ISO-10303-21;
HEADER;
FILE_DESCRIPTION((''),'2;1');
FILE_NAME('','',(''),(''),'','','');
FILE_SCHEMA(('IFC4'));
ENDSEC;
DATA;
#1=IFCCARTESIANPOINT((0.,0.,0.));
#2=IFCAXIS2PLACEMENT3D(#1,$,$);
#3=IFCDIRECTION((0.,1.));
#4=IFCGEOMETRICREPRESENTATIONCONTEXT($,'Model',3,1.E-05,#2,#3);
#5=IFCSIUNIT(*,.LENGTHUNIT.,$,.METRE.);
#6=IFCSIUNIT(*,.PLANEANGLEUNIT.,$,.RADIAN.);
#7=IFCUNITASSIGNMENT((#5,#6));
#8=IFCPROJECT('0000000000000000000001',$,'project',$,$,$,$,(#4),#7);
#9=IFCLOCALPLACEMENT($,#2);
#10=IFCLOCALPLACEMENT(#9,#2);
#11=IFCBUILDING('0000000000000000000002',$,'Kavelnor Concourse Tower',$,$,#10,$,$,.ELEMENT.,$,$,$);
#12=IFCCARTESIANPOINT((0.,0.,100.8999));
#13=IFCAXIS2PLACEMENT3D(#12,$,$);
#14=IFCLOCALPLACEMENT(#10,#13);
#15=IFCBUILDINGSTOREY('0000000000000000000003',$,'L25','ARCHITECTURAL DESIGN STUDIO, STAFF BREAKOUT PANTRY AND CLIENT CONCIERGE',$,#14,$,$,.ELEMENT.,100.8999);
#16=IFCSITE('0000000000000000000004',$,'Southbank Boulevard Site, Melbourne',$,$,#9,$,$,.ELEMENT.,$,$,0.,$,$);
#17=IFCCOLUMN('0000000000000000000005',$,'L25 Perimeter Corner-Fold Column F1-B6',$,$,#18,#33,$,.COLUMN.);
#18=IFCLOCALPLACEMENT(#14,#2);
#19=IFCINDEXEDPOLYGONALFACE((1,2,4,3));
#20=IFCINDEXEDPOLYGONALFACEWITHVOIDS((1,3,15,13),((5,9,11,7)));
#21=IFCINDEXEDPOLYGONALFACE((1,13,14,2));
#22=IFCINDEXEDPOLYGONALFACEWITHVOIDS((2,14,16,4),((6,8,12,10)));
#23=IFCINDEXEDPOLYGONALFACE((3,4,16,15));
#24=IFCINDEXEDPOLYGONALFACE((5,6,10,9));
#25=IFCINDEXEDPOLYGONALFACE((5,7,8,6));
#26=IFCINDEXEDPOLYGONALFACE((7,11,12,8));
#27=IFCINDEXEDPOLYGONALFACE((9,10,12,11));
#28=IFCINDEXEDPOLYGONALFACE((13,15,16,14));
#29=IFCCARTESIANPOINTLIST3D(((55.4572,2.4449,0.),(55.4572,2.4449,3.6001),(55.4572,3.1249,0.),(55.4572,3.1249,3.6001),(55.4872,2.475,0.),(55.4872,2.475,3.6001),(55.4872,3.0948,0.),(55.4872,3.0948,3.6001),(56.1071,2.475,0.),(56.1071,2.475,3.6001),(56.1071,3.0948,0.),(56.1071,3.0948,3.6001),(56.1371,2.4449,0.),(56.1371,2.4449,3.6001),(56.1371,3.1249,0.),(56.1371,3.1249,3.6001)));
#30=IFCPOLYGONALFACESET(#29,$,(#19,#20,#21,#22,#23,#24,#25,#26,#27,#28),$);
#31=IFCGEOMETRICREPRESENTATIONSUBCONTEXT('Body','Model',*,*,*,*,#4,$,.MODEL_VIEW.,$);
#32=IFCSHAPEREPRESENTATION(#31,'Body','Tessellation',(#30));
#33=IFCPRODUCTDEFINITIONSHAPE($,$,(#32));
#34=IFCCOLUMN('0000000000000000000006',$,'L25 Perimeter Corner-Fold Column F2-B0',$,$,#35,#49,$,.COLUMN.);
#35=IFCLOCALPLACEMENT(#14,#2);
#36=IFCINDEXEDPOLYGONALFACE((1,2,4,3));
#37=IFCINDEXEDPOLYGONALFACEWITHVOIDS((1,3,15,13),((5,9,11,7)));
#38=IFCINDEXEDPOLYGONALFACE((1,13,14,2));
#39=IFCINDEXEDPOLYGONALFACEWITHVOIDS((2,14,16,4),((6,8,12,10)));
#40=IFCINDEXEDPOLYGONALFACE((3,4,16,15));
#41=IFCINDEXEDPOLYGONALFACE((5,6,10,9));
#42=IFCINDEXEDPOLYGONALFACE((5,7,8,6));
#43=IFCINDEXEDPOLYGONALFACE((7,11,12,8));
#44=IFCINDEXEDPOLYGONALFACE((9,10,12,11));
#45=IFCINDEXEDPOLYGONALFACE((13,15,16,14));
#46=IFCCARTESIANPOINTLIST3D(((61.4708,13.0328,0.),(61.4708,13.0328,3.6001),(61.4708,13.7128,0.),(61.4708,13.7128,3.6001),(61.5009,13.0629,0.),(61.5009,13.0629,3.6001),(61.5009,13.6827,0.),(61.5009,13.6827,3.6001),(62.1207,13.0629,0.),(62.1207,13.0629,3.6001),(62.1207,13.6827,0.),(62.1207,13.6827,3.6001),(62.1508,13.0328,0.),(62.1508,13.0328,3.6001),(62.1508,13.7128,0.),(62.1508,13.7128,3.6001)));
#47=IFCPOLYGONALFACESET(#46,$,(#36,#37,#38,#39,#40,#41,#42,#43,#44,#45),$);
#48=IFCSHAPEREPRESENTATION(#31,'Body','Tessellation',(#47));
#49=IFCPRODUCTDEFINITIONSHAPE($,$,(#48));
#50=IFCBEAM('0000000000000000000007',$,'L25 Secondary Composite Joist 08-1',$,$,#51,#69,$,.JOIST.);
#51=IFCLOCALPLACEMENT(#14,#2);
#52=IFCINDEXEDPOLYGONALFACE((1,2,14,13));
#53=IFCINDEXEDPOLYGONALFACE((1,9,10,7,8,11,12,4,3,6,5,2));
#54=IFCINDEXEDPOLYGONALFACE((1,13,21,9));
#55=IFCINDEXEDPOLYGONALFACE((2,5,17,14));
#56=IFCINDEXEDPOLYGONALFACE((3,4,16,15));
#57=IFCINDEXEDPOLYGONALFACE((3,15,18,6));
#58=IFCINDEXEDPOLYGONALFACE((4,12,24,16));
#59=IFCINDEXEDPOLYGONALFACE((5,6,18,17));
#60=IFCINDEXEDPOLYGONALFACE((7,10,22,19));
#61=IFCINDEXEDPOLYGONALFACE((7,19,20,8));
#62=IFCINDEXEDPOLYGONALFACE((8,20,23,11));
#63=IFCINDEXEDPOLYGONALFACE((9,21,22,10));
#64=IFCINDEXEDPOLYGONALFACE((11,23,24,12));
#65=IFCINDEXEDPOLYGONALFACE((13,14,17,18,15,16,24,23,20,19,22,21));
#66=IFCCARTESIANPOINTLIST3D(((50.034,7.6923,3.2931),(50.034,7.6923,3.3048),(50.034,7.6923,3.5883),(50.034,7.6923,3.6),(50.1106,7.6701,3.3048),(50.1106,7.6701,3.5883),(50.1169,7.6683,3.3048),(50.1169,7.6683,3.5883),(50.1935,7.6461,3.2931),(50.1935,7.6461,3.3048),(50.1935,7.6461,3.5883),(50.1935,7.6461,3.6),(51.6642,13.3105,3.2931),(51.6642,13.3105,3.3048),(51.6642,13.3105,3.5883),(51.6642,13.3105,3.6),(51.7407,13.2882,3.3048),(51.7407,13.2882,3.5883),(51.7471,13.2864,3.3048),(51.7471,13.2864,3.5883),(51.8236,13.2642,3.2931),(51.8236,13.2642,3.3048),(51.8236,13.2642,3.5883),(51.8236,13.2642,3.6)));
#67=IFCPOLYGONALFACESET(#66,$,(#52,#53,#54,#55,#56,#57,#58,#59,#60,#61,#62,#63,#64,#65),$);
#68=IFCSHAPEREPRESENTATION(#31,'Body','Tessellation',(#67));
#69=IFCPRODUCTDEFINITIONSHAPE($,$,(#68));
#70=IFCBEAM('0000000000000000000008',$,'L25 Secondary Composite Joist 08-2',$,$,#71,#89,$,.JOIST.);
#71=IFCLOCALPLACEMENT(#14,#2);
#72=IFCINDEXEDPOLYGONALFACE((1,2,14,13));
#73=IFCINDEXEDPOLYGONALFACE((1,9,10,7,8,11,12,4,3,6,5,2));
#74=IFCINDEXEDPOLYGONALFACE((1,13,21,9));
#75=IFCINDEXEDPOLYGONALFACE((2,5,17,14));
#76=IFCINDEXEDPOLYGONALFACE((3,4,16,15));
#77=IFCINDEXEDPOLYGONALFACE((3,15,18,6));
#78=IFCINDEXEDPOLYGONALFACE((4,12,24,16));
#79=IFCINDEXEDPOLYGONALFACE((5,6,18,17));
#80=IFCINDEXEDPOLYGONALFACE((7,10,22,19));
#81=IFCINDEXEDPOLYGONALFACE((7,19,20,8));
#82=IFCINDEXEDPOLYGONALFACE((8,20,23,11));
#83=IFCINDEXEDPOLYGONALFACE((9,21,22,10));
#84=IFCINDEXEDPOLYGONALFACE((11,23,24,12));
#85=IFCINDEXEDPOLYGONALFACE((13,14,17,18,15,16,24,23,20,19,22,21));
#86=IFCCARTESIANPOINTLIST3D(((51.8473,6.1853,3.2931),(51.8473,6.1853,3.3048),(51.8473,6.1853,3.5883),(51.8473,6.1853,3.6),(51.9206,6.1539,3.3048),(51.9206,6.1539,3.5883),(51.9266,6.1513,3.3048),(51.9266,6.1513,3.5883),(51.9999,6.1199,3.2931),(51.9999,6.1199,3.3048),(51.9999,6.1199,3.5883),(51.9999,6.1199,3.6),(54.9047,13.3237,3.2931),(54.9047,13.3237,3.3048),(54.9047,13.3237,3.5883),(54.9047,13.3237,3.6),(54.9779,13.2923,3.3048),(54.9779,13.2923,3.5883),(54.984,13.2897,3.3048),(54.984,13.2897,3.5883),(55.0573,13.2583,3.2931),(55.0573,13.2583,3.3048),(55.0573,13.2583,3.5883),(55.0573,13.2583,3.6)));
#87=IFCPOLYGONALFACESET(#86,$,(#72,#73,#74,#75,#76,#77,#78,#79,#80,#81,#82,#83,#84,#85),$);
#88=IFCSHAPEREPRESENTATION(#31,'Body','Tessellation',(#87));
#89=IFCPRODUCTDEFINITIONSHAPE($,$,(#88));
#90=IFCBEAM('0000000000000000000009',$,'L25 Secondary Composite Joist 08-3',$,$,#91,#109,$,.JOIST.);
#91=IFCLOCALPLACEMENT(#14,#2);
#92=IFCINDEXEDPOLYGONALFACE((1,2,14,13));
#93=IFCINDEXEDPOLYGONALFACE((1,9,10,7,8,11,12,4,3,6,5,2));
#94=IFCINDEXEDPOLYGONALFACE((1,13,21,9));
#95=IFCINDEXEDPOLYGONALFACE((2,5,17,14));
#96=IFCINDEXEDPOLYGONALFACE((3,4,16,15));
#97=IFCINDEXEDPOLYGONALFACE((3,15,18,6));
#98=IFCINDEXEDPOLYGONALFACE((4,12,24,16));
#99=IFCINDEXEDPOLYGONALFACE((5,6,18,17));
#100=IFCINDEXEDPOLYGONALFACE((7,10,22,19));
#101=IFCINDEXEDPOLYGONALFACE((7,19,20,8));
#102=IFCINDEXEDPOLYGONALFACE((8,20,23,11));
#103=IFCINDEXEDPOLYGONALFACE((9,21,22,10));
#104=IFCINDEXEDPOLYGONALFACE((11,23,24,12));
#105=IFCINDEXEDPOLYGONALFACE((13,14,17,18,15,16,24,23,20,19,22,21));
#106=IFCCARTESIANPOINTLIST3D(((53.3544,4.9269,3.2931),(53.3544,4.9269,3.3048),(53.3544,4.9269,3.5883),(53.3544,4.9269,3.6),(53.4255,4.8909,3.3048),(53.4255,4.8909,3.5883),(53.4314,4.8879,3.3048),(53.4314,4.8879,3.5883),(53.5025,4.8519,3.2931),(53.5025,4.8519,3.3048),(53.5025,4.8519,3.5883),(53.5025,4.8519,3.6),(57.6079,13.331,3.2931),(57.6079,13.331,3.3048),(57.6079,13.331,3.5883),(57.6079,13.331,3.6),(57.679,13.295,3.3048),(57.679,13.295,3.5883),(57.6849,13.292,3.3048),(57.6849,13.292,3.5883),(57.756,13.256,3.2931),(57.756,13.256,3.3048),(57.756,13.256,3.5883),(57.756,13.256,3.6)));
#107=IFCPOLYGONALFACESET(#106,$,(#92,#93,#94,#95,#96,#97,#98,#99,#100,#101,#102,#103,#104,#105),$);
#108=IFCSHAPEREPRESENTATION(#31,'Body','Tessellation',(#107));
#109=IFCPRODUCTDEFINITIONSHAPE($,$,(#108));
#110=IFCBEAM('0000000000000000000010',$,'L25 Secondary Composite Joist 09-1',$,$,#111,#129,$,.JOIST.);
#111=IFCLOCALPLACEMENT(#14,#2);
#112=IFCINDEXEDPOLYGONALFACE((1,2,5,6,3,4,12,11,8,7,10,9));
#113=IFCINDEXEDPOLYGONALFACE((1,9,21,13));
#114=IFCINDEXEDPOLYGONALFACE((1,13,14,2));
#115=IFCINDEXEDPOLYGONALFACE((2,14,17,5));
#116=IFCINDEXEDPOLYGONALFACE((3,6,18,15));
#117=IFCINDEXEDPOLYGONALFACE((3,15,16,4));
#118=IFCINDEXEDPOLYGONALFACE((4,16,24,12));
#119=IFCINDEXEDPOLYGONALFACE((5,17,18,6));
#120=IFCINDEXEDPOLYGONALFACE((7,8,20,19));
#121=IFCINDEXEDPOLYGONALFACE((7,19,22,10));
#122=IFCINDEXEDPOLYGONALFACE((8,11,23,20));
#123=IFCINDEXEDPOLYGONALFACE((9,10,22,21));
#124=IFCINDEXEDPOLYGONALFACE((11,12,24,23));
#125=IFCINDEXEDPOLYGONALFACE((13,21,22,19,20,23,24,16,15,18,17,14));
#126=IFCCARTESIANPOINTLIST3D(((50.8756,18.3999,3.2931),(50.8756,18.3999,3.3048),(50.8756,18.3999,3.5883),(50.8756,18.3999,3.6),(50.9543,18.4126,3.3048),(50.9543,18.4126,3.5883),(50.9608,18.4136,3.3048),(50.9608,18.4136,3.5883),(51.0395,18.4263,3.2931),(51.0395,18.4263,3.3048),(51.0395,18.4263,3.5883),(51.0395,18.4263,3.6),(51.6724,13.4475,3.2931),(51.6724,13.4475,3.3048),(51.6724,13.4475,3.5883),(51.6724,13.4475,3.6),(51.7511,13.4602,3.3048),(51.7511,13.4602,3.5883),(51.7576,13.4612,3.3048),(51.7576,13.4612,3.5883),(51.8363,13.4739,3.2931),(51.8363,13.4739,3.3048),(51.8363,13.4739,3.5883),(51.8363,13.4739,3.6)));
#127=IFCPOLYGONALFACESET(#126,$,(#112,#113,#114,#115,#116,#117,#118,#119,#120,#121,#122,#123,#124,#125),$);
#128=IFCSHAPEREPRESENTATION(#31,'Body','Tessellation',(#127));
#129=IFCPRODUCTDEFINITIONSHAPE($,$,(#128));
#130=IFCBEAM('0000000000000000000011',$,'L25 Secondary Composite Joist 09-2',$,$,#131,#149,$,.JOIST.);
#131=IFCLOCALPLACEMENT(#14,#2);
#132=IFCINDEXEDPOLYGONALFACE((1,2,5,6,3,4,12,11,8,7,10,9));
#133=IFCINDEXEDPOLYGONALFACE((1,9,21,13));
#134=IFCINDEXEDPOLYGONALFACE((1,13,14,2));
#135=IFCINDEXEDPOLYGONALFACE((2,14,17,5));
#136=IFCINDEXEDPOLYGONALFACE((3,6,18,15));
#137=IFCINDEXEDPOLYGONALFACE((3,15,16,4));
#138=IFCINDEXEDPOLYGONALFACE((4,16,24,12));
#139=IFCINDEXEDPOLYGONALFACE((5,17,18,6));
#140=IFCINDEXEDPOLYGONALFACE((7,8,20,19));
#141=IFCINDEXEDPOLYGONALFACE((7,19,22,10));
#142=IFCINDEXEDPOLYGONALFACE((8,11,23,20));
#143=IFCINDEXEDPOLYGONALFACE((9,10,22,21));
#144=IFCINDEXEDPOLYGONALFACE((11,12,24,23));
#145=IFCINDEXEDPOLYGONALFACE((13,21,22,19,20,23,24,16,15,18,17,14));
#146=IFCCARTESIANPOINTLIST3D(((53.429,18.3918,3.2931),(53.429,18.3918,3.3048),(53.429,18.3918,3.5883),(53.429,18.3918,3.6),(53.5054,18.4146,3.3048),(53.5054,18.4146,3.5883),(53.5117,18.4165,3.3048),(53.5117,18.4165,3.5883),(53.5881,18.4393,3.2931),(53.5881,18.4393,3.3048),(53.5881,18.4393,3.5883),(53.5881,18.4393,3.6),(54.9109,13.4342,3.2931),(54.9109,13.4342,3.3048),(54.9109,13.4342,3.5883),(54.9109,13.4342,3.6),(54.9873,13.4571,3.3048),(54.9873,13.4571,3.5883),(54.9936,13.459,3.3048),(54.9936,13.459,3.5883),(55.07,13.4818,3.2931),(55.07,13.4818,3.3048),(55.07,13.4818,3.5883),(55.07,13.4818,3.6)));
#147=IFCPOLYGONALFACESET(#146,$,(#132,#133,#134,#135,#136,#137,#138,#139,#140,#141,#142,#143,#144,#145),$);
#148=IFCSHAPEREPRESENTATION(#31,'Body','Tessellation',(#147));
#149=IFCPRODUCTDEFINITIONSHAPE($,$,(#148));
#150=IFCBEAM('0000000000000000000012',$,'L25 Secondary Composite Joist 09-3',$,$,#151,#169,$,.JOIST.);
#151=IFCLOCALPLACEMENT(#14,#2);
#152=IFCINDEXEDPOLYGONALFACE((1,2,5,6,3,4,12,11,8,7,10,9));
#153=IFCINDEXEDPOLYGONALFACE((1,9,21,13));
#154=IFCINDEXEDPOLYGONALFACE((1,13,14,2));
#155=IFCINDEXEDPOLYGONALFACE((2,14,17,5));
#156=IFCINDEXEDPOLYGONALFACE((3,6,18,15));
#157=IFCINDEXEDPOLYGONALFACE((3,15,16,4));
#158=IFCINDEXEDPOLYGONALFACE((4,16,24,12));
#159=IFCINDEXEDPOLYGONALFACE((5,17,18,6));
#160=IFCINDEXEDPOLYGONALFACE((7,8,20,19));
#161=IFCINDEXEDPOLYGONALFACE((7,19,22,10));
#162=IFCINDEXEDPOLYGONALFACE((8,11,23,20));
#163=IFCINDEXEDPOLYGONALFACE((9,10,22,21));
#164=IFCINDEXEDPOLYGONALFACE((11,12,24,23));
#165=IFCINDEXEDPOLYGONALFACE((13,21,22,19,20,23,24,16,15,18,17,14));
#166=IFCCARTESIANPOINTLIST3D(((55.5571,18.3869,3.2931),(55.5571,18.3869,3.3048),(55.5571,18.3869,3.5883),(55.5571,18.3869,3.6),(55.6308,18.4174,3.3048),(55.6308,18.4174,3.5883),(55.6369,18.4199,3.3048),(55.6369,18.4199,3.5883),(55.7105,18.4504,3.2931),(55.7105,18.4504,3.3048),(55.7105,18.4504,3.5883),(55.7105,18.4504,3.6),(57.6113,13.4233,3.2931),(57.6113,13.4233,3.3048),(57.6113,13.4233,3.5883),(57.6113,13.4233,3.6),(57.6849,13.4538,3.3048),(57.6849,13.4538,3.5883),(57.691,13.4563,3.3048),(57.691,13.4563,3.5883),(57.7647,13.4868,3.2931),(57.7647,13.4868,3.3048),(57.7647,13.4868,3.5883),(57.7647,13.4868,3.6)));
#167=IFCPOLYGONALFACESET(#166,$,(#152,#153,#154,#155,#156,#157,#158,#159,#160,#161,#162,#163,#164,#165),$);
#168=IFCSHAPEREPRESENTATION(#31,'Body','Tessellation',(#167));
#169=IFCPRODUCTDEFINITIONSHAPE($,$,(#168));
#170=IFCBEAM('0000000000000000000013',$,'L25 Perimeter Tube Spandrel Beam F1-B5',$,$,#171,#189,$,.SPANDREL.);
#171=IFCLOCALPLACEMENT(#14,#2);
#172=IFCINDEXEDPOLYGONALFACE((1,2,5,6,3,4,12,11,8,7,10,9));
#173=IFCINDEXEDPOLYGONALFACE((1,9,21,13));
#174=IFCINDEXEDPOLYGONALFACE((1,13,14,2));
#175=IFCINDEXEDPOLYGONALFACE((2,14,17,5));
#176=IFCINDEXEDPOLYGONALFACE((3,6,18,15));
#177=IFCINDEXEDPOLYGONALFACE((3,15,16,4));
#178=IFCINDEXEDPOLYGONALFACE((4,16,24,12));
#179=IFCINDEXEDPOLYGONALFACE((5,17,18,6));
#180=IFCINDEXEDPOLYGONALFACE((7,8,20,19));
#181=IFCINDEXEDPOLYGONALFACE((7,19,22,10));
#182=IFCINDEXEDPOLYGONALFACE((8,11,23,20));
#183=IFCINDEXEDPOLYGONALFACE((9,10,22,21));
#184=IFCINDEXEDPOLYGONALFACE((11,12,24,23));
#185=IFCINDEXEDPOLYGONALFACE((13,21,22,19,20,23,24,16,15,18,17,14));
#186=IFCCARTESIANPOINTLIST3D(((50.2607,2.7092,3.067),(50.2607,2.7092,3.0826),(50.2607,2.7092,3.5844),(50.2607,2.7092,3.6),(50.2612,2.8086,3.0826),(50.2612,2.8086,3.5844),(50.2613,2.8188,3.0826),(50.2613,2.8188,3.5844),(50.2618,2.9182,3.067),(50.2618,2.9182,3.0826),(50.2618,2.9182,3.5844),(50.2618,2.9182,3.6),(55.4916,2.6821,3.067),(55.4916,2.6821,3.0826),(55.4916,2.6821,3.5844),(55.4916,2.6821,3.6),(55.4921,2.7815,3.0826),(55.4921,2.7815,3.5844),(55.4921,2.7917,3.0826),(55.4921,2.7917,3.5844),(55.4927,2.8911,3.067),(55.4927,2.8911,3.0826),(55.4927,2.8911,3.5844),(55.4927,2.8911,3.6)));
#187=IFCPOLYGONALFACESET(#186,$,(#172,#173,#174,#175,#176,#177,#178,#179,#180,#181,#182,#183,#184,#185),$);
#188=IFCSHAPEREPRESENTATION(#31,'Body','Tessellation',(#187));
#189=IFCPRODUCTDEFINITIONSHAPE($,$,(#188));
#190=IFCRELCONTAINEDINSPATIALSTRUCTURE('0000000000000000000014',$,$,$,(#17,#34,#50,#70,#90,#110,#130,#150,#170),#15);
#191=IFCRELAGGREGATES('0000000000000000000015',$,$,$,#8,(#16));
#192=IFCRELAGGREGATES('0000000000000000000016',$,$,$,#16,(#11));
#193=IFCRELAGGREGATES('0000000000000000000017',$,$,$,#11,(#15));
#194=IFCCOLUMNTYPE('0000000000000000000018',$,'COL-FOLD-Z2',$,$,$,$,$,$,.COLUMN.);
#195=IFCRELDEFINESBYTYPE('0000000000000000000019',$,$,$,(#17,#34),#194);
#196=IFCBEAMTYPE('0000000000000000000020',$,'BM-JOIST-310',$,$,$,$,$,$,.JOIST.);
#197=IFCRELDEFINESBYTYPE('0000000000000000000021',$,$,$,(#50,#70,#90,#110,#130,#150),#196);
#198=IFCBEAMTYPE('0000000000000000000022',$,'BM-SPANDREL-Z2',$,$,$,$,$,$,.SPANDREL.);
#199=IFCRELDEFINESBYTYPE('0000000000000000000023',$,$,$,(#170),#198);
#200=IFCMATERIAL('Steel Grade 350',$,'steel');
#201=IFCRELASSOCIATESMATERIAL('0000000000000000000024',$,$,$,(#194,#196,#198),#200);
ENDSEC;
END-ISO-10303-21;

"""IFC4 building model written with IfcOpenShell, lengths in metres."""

from ifc_helpers import new_model, si_unit, direction, frame, origin, origin_2d, place, context, subcontext, project, spatial, hollow_rectangle, i_section, extrude, material, material_profile, profile_set, type_object, element, save


model = new_model("IFC4")

# Units and contexts
model_context = context("Model", 3, precision=1e-05, world=origin(), true_north=direction((0.0, 1.0)))
body_context = subcontext(model_context, "Body", "Model", "MODEL_VIEW")
ifc_project = project(units=[si_unit("LENGTHUNIT", "METRE"), si_unit("PLANEANGLEUNIT", "RADIAN")], contexts=[model_context])

# Site, building, storey
site_placement = place(None, origin())
site = spatial("IfcSite", under=ifc_project, at=site_placement, Name="Southbank Boulevard Site, Melbourne", CompositionType="ELEMENT", RefElevation=0.0)
building_placement = place(site_placement, origin())
building = spatial("IfcBuilding", under=site, at=building_placement, Name="Kavelnor Concourse Tower", CompositionType="ELEMENT")
storey_placement = place(building_placement, frame((0.0, 0.0, 100.8999)))
storey = spatial("IfcBuildingStorey", under=building, at=storey_placement, Name="L25", Description="ARCHITECTURAL DESIGN STUDIO, STAFF BREAKOUT PANTRY AND CLIENT CONCIERGE", CompositionType="ELEMENT", Elevation=100.8999)

# Columns
ifc_material_1 = material(Name="Steel Grade 350", Category="steel")
ifc_material_profile_1 = material_profile(ifc_material_1, hollow_rectangle(XDim=0.6799, YDim=0.6799, WallThickness=0.03, at=origin_2d()), Name="SHS 680x680x30")
ifc_profile_set_1 = profile_set([ifc_material_profile_1], Name="Steel Grade 350")
column_type = type_object("IfcColumnType", Name="COL-FOLD-Z2", PredefinedType="COLUMN", material=ifc_profile_set_1)
for number, where, z_axis, x_axis, name in (
    (1, (55.7971, 2.7849, 0.0), (0.0, 0.0, 1.0), (1.0, 0.0, 0.0), "L25 Perimeter Corner-Fold Column F1-B6"),
    (2, (61.8108, 13.3728, 0.0), (0.0, 0.0, 1.0), (1.0, 0.0, 0.0), "L25 Perimeter Corner-Fold Column F2-B0"),
):
    element("IfcColumn", number, at=place(storey_placement, frame(where, z_axis=z_axis, x_axis=x_axis)), inside=storey, type_object=column_type, Name=name, PredefinedType="COLUMN", context=body_context, shape_type="SweptSolid", body=[
        extrude(hollow_rectangle(XDim=0.6799, YDim=0.6799, WallThickness=0.03, at=origin_2d()), origin(), (0.0, 0.0, 1.0), 3.6001),
    ])

# Beams
ifc_material_profile_2 = material_profile(ifc_material_1, i_section(OverallWidth=0.166, OverallDepth=0.3069, WebThickness=0.0066, FlangeThickness=0.0117, at=origin_2d()), Name="310UB46")
ifc_profile_set_2 = profile_set([ifc_material_profile_2], Name="Steel Grade 350")
beam_type_1 = type_object("IfcBeamType", Name="BM-JOIST-310", PredefinedType="JOIST", material=ifc_profile_set_2)
beam_1_placement = place(storey_placement, frame((50.1138, 7.6692, 3.4465), z_axis=(0.27866, 0.96039, 0.0), x_axis=(-0.96039, 0.27866, 0.0)))
element("IfcBeam", 3, at=beam_1_placement, inside=storey, type_object=beam_type_1, Name="L25 Secondary Composite Joist 08-1", PredefinedType="JOIST", context=body_context, shape_type="SweptSolid", body=[
    extrude(i_section(OverallWidth=0.166, OverallDepth=0.3069, WebThickness=0.0066, FlangeThickness=0.0117, at=origin_2d()), origin(), (0.0, 0.0, 1.0), 5.8499),
])
beam_2_placement = place(storey_placement, frame((51.9236, 6.1526, 3.4465), z_axis=(0.393707, 0.919236, 0.0), x_axis=(-0.919236, 0.393707, 0.0)))
element("IfcBeam", 4, at=beam_2_placement, inside=storey, type_object=beam_type_1, Name="L25 Secondary Composite Joist 08-2", PredefinedType="JOIST", context=body_context, shape_type="SweptSolid", body=[
    extrude(i_section(OverallWidth=0.166, OverallDepth=0.3069, WebThickness=0.0066, FlangeThickness=0.0117, at=origin_2d()), origin(), (0.0, 0.0, 1.0), 7.7656),
])
beam_3_placement = place(storey_placement, frame((53.4285, 4.8894, 3.4465), z_axis=(0.451573, 0.892234, 0.0), x_axis=(-0.892234, 0.451573, 0.0)))
element("IfcBeam", 5, at=beam_3_placement, inside=storey, type_object=beam_type_1, Name="L25 Secondary Composite Joist 08-3", PredefinedType="JOIST", context=body_context, shape_type="SweptSolid", body=[
    extrude(i_section(OverallWidth=0.166, OverallDepth=0.3069, WebThickness=0.0066, FlangeThickness=0.0117, at=origin_2d()), origin(), (0.0, 0.0, 1.0), 9.4192),
])
beam_4_placement = place(storey_placement, frame((51.7544, 13.4607, 3.4465), z_axis=(-0.158864, 0.987301, 0.0), x_axis=(-0.987301, -0.158864, 0.0)))
element("IfcBeam", 6, at=beam_4_placement, inside=storey, type_object=beam_type_1, Name="L25 Secondary Composite Joist 09-1", PredefinedType="JOIST", context=body_context, shape_type="SweptSolid", body=[
    extrude(i_section(OverallWidth=0.166, OverallDepth=0.3069, WebThickness=0.0066, FlangeThickness=0.0117, at=origin_2d()), origin(), (0.0, 0.0, 1.0), 5.0161),
])
beam_5_placement = place(storey_placement, frame((54.9905, 13.458, 3.4465), z_axis=(-0.286404, 0.958109, 0.0), x_axis=(-0.958109, -0.286404, 0.0)))
element("IfcBeam", 7, at=beam_5_placement, inside=storey, type_object=beam_type_1, Name="L25 Secondary Composite Joist 09-2", PredefinedType="JOIST", context=body_context, shape_type="SweptSolid", body=[
    extrude(i_section(OverallWidth=0.166, OverallDepth=0.3069, WebThickness=0.0066, FlangeThickness=0.0117, at=origin_2d()), origin(), (0.0, 0.0, 1.0), 5.1743),
])
beam_6_placement = place(storey_placement, frame((57.688, 13.4551, 3.4465), z_axis=(-0.382397, 0.923998, 0.0), x_axis=(-0.923998, -0.382397, 0.0)))
element("IfcBeam", 8, at=beam_6_placement, inside=storey, type_object=beam_type_1, Name="L25 Secondary Composite Joist 09-3", PredefinedType="JOIST", context=body_context, shape_type="SweptSolid", body=[
    extrude(i_section(OverallWidth=0.166, OverallDepth=0.3069, WebThickness=0.0066, FlangeThickness=0.0117, at=origin_2d()), origin(), (0.0, 0.0, 1.0), 5.3718),
])
ifc_material_profile_3 = material_profile(ifc_material_1, i_section(OverallWidth=0.209, OverallDepth=0.533, WebThickness=0.0103, FlangeThickness=0.0156, at=origin_2d()), Name="530UB92")
ifc_profile_set_3 = profile_set([ifc_material_profile_3], Name="Steel Grade 350")
beam_type_2 = type_object("IfcBeamType", Name="BM-SPANDREL-Z2", PredefinedType="SPANDREL", material=ifc_profile_set_3)
beam_7_placement = place(storey_placement, frame((50.2612, 2.8137, 3.3335), z_axis=(0.999987, -0.005181, 0.0), x_axis=(0.005181, 0.999987, 0.0)))
element("IfcBeam", 9, at=beam_7_placement, inside=storey, type_object=beam_type_2, Name="L25 Perimeter Tube Spandrel Beam F1-B5", PredefinedType="SPANDREL", context=body_context, shape_type="SweptSolid", body=[
    extrude(i_section(OverallWidth=0.209, OverallDepth=0.533, WebThickness=0.0103, FlangeThickness=0.0156, at=origin_2d()), origin(), (0.0, 0.0, 1.0), 5.231),
])

save(model, "model.ifc")
